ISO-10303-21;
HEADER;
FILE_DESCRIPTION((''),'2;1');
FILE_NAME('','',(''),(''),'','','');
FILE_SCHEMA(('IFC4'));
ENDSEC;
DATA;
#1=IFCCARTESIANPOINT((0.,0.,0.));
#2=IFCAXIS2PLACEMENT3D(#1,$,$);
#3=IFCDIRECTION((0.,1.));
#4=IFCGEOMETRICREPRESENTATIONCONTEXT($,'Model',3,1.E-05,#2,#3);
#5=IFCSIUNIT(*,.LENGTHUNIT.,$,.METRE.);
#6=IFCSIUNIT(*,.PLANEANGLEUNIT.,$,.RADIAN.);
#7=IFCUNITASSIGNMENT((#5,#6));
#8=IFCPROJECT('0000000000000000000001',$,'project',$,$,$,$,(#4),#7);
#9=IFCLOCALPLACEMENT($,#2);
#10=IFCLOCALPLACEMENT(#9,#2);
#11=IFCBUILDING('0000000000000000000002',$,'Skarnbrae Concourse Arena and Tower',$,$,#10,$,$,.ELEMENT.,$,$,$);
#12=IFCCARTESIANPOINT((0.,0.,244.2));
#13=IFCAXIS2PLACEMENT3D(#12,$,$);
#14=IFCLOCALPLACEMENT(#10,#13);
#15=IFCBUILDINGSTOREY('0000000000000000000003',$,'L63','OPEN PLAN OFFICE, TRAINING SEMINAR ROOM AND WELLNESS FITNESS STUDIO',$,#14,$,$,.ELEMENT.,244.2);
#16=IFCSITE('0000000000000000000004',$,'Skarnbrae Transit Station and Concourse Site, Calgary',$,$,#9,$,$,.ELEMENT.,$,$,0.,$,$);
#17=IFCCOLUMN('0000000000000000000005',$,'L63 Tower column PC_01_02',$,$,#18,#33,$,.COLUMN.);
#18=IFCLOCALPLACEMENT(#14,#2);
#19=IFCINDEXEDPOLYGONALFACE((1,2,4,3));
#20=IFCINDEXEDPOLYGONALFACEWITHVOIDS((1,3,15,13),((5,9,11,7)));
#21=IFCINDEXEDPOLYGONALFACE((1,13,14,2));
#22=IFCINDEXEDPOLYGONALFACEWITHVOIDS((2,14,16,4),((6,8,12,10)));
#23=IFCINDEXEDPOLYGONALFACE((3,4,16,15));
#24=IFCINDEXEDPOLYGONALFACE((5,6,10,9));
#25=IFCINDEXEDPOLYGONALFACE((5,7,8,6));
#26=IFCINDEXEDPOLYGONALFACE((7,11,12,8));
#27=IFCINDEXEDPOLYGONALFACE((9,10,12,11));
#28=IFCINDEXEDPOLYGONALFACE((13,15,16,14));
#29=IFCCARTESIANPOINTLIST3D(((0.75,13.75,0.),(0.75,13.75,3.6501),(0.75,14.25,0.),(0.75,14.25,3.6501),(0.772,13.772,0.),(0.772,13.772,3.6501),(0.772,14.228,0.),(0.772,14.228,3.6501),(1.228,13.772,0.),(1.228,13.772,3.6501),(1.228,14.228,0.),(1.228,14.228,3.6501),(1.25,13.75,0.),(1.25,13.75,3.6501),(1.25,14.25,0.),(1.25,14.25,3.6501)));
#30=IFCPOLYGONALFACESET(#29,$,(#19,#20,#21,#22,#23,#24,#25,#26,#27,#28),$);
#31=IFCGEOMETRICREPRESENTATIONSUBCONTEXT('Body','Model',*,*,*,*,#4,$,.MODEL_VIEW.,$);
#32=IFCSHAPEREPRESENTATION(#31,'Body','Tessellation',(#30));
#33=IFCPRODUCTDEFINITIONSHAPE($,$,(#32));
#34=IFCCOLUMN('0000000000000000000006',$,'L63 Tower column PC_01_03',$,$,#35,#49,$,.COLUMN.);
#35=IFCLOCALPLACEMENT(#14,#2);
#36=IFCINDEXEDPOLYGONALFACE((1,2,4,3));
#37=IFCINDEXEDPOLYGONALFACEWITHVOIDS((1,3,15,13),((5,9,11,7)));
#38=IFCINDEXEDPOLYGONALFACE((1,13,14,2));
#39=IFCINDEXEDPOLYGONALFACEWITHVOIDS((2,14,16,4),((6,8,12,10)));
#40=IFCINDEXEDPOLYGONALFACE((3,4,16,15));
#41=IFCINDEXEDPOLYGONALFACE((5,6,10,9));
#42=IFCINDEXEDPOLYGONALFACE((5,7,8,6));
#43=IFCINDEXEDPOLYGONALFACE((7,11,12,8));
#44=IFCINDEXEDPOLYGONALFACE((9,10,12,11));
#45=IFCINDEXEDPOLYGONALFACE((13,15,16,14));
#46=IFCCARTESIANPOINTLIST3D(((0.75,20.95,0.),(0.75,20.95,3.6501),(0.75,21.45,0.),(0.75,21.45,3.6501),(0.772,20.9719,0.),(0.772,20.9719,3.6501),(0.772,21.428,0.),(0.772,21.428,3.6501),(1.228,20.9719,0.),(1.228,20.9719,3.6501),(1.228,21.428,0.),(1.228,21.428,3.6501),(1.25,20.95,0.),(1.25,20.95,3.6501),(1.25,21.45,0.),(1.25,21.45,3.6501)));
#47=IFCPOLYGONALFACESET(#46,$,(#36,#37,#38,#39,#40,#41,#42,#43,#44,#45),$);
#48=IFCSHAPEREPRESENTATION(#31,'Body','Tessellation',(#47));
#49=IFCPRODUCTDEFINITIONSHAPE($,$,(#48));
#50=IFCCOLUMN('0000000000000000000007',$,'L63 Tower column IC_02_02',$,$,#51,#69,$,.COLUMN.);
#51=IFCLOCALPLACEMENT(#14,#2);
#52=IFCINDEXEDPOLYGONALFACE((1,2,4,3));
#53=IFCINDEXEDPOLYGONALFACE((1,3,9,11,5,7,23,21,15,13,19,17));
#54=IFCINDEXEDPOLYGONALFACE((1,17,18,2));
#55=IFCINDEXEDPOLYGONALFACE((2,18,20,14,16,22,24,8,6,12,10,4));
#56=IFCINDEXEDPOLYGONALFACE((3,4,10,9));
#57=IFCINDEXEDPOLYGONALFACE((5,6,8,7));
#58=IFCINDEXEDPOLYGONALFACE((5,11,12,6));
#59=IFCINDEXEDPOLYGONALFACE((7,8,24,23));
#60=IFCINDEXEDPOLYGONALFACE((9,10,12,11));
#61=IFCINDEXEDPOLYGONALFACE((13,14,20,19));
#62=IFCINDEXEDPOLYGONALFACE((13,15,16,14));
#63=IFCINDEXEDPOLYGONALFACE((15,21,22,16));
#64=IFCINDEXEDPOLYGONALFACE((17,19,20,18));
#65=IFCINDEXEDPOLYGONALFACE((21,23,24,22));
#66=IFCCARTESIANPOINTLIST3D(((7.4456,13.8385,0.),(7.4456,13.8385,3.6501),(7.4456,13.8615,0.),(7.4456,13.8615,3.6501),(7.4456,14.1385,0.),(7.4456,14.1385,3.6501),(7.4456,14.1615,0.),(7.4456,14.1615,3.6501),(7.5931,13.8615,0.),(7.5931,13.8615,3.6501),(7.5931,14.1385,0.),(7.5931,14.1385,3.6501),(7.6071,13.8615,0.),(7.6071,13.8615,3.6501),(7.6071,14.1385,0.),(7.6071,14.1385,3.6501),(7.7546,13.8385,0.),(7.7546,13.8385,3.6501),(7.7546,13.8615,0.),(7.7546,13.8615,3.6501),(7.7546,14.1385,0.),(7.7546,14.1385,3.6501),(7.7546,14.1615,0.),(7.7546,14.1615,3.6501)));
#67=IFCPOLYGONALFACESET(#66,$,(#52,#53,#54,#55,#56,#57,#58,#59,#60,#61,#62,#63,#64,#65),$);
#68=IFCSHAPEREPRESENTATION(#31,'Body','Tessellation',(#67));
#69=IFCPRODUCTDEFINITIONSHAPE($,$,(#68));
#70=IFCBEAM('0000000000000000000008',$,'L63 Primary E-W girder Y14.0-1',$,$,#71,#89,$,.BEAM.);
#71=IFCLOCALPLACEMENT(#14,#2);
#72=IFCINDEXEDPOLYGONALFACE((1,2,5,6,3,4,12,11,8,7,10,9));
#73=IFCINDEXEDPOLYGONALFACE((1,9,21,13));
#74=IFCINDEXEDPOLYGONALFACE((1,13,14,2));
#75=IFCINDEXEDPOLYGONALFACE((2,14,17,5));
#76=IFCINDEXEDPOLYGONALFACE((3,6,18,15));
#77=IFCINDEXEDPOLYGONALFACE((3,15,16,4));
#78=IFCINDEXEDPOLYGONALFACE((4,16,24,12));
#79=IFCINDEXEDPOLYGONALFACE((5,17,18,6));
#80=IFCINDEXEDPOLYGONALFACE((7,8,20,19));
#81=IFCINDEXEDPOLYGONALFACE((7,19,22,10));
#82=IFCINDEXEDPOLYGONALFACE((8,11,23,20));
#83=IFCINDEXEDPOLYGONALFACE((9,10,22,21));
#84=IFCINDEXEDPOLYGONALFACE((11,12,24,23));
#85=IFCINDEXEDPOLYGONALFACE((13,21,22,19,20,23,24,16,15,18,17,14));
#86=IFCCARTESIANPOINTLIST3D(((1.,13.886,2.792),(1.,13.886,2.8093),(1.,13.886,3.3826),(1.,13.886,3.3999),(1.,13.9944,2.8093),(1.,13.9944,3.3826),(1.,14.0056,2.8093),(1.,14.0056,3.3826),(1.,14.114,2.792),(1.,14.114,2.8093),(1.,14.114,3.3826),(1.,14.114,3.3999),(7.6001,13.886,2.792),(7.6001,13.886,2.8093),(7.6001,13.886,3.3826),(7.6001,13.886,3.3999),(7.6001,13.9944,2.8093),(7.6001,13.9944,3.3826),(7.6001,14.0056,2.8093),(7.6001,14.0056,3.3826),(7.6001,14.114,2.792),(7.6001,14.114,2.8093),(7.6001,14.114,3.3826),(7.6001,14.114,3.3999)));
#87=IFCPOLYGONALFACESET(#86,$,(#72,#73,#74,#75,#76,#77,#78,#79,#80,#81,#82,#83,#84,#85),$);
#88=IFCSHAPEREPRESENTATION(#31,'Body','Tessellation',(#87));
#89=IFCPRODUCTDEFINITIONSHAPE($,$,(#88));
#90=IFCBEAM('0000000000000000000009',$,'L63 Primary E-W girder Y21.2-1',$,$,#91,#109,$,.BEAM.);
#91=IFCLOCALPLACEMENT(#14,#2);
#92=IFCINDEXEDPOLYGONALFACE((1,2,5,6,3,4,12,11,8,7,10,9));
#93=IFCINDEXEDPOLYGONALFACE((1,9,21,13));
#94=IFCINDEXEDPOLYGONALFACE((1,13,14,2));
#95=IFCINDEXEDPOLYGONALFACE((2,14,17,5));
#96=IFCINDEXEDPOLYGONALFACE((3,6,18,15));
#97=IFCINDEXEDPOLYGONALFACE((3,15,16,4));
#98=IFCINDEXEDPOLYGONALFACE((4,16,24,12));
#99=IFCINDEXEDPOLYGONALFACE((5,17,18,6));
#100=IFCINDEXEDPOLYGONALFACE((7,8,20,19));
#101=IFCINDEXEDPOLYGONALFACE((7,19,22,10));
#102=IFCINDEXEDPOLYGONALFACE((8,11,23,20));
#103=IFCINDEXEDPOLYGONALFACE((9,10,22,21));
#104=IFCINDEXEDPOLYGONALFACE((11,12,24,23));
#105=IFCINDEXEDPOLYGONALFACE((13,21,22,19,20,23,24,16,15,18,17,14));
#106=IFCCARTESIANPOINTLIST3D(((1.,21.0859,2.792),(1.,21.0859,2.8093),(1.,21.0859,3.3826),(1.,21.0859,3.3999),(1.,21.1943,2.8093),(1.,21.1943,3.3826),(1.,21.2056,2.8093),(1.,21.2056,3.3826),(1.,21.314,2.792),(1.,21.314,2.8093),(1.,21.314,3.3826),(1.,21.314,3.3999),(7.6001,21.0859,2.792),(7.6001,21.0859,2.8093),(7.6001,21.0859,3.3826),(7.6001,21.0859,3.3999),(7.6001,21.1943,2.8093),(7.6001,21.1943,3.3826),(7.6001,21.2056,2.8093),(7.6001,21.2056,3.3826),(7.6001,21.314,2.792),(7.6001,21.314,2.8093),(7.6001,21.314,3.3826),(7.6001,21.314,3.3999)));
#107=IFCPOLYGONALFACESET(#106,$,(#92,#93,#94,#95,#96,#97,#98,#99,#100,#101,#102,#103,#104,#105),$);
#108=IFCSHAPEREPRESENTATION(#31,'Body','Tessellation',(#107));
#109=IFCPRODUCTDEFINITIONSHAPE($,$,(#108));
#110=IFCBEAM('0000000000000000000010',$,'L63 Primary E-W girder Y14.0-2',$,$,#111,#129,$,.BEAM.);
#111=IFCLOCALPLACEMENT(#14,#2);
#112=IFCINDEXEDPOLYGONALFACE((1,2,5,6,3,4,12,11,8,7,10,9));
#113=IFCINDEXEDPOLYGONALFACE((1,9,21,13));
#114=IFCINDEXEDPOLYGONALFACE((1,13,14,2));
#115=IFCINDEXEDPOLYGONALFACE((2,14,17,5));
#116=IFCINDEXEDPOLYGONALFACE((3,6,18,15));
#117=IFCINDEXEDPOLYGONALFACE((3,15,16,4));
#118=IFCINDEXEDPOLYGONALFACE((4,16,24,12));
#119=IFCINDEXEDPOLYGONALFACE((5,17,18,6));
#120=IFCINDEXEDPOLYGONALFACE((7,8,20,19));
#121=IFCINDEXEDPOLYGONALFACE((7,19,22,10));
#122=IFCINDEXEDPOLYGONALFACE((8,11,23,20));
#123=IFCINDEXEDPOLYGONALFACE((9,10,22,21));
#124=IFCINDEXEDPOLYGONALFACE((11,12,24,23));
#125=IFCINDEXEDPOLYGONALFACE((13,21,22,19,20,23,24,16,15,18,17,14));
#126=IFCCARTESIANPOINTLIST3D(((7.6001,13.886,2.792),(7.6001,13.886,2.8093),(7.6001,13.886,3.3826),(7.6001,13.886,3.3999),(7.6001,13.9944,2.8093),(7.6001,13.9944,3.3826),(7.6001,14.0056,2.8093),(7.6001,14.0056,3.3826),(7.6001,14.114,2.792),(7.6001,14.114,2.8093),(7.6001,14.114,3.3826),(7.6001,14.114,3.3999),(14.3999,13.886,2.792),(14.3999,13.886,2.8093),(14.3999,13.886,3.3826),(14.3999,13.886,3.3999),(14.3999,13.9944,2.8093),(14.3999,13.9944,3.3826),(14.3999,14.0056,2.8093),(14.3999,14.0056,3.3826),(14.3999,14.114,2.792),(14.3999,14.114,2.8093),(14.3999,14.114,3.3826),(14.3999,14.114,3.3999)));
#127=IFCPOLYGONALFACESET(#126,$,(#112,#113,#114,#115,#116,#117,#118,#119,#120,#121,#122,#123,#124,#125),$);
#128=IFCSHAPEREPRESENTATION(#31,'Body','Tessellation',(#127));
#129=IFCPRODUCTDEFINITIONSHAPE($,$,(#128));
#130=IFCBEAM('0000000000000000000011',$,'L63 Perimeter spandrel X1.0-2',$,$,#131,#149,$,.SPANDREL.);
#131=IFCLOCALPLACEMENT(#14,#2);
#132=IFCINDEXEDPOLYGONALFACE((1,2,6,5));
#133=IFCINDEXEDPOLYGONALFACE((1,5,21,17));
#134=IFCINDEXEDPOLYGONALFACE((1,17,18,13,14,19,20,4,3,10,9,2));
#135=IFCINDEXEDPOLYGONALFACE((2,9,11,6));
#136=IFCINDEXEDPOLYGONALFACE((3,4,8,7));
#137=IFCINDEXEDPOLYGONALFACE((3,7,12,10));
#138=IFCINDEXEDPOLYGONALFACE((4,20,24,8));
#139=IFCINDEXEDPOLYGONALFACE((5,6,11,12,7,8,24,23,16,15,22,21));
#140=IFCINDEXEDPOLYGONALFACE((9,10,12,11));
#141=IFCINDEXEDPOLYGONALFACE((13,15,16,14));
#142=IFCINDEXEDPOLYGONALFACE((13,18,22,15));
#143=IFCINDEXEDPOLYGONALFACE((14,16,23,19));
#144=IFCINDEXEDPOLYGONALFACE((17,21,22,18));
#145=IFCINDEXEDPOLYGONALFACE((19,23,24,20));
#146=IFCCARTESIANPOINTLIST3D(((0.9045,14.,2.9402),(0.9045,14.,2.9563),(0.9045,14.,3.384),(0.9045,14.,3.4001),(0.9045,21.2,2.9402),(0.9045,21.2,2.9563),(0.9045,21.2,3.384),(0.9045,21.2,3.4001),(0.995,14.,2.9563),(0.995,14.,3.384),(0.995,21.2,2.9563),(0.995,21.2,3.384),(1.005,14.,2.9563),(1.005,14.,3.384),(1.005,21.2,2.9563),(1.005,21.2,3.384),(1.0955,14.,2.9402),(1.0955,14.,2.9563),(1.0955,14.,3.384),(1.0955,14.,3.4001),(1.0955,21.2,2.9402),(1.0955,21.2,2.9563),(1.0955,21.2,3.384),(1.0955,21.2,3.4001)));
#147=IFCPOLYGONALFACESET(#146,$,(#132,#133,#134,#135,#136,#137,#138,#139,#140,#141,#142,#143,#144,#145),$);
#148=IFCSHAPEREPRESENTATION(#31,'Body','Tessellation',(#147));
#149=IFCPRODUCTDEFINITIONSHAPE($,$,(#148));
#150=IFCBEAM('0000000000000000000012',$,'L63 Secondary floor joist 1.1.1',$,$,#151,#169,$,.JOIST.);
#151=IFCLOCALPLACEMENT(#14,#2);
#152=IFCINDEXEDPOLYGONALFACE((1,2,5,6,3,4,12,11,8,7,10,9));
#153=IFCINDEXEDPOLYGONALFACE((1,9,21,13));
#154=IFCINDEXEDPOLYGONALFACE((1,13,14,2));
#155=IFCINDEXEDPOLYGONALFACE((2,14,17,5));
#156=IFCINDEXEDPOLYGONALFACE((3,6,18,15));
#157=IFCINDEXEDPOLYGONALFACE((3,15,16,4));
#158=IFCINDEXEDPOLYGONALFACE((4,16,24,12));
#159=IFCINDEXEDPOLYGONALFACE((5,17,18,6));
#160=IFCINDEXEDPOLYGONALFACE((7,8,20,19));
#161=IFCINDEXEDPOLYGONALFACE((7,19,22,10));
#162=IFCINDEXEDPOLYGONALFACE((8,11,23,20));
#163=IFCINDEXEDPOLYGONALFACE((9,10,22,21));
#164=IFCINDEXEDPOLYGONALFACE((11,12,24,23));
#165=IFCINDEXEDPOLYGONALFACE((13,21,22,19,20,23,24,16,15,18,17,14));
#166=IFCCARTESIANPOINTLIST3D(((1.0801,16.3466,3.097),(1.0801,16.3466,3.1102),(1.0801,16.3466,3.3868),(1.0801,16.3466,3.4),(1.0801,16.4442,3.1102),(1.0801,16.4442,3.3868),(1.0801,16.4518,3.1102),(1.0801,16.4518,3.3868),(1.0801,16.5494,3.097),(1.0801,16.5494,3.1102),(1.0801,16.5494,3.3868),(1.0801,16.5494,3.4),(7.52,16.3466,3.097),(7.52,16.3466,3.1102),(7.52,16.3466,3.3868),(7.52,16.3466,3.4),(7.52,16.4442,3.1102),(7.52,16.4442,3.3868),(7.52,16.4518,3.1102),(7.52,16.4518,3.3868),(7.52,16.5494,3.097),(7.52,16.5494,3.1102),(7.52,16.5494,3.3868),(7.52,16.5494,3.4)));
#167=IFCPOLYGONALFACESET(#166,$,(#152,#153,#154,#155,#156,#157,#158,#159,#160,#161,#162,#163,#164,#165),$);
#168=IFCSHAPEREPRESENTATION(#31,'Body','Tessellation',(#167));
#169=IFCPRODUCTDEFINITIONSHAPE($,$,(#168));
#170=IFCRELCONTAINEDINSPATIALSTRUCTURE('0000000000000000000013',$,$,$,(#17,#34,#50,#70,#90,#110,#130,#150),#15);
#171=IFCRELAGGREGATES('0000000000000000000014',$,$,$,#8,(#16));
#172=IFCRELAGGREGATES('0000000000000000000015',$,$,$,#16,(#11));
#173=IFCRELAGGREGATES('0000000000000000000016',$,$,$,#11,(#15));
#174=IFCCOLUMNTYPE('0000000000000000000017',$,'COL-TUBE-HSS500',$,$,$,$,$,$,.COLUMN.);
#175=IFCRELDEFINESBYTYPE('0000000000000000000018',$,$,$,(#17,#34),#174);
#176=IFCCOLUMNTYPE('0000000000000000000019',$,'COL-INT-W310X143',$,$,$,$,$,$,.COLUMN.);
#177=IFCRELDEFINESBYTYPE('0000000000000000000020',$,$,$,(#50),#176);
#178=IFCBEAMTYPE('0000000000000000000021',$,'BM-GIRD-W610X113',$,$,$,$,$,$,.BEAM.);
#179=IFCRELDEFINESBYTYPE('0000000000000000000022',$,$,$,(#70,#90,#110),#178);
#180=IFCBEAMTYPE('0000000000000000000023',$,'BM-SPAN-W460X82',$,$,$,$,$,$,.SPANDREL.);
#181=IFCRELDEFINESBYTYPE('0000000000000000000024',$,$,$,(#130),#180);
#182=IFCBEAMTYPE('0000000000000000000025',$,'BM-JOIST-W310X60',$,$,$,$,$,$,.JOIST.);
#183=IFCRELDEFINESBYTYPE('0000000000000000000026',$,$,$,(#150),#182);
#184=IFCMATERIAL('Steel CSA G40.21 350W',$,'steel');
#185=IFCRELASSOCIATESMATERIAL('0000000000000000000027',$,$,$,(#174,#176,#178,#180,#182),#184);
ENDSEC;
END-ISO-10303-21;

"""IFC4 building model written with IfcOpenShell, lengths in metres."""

from ifc_helpers import new_model, si_unit, direction, frame, origin, origin_2d, place, context, subcontext, project, spatial, hollow_rectangle, i_section, extrude, source, transform, mapped, material, material_profile, profile_set, type_object, element, save


model = new_model("IFC4")

# Units and contexts
model_context = context("Model", 3, precision=1e-05, world=origin(), true_north=direction((0.0, 1.0)))
body_context = subcontext(model_context, "Body", "Model", "MODEL_VIEW")
ifc_project = project(units=[si_unit("LENGTHUNIT", "METRE"), si_unit("PLANEANGLEUNIT", "RADIAN")], contexts=[model_context])

# Site, building, storey
site_placement = place(None, origin())
site = spatial("IfcSite", under=ifc_project, at=site_placement, Name="Skarnbrae Transit Station and Concourse Site, Calgary", CompositionType="ELEMENT", RefElevation=0.0)
building_placement = place(site_placement, origin())
building = spatial("IfcBuilding", under=site, at=building_placement, Name="Skarnbrae Concourse Arena and Tower", CompositionType="ELEMENT")
storey_placement = place(building_placement, frame((0.0, 0.0, 244.2)))
storey = spatial("IfcBuildingStorey", under=building, at=storey_placement, Name="L63", Description="OPEN PLAN OFFICE, TRAINING SEMINAR ROOM AND WELLNESS FITNESS STUDIO", CompositionType="ELEMENT", Elevation=244.2)

# Columns
ifc_material_1 = material(Name="Steel CSA G40.21 350W", Category="steel")
ifc_material_profile_1 = material_profile(ifc_material_1, hollow_rectangle(XDim=0.5, YDim=0.5, WallThickness=0.022, at=origin_2d()), Name="HSS500X500X22.0")
ifc_profile_set_1 = profile_set([ifc_material_profile_1], Name="Steel CSA G40.21 350W")
column_type_1 = type_object("IfcColumnType", Name="COL-TUBE-HSS500", PredefinedType="COLUMN", material=ifc_profile_set_1)
shared_shape_1 = source(origin(), body_context, "Body", "SweptSolid", [
    extrude(hollow_rectangle(XDim=0.5, YDim=0.5, WallThickness=0.022, at=origin_2d()), origin(), (0.0, 0.0, 1.0), 3.6501),
])
for number, where, z_axis, x_axis, name in (
    (1, (1.0, 14.0, 0.0), (0.0, 0.0, 1.0), (1.0, 0.0, 0.0), "L63 Tower column PC_01_02"),
    (2, (1.0, 21.2, 0.0), (0.0, 0.0, 1.0), (1.0, 0.0, 0.0), "L63 Tower column PC_01_03"),
):
    element("IfcColumn", number, at=place(storey_placement, frame(where, z_axis=z_axis, x_axis=x_axis)), inside=storey, type_object=column_type_1, Name=name, PredefinedType="COLUMN", context=body_context, shape_type="MappedRepresentation", body=[
        mapped(shared_shape_1, transform((0.0, 0.0, 0.0))),
    ])
ifc_material_profile_2 = material_profile(ifc_material_1, i_section(OverallWidth=0.3091, OverallDepth=0.323, WebThickness=0.0139, FlangeThickness=0.0229, at=origin_2d()), Name="W310X143")
ifc_profile_set_2 = profile_set([ifc_material_profile_2], Name="Steel CSA G40.21 350W")
column_type_2 = type_object("IfcColumnType", Name="COL-INT-W310X143", PredefinedType="COLUMN", material=ifc_profile_set_2)
shared_shape_2 = source(origin(), body_context, "Body", "SweptSolid", [
    extrude(i_section(OverallWidth=0.3091, OverallDepth=0.323, WebThickness=0.0139, FlangeThickness=0.0229, at=origin_2d()), origin(), (0.0, 0.0, 1.0), 3.6501),
])
column_placement = place(storey_placement, frame((7.6001, 14.0, 0.0), z_axis=(0.0, 0.0, 1.0), x_axis=(1.0, 0.0, 0.0)))
element("IfcColumn", 3, at=column_placement, inside=storey, type_object=column_type_2, Name="L63 Tower column IC_02_02", PredefinedType="COLUMN", context=body_context, shape_type="MappedRepresentation", body=[
    mapped(shared_shape_2, transform((0.0, 0.0, 0.0))),
])

# Beams
ifc_material_profile_3 = material_profile(ifc_material_1, i_section(OverallWidth=0.228, OverallDepth=0.6079, WebThickness=0.0112, FlangeThickness=0.0173, at=origin_2d()), Name="W610X113")
ifc_profile_set_3 = profile_set([ifc_material_profile_3], Name="Steel CSA G40.21 350W")
beam_type_1 = type_object("IfcBeamType", Name="BM-GIRD-W610X113", PredefinedType="BEAM", material=ifc_profile_set_3)
shared_shape_3 = source(origin(), body_context, "Body", "SweptSolid", [
    extrude(i_section(OverallWidth=0.228, OverallDepth=0.6079, WebThickness=0.0112, FlangeThickness=0.0173, at=origin_2d()), origin(), (0.0, 0.0, 1.0), 6.6001),
])
for number, where, z_axis, x_axis, name in (
    (4, (1.0, 14.0, 3.0959), (1.0, 0.0, 0.0), (0.0, 1.0, 0.0), "L63 Primary E-W girder Y14.0-1"),
    (5, (1.0, 21.2, 3.0959), (1.0, 0.0, 0.0), (0.0, 1.0, 0.0), "L63 Primary E-W girder Y21.2-1"),
):
    element("IfcBeam", number, at=place(storey_placement, frame(where, z_axis=z_axis, x_axis=x_axis)), inside=storey, type_object=beam_type_1, Name=name, PredefinedType="BEAM", context=body_context, shape_type="MappedRepresentation", body=[
        mapped(shared_shape_3, transform((0.0, 0.0, 0.0))),
    ])
shared_shape_4 = source(origin(), body_context, "Body", "SweptSolid", [
    extrude(i_section(OverallWidth=0.228, OverallDepth=0.6079, WebThickness=0.0112, FlangeThickness=0.0173, at=origin_2d()), origin(), (0.0, 0.0, 1.0), 6.7998),
])
beam_1_placement = place(storey_placement, frame((7.6001, 14.0, 3.0959), z_axis=(1.0, 0.0, 0.0), x_axis=(0.0, 1.0, 0.0)))
element("IfcBeam", 6, at=beam_1_placement, inside=storey, type_object=beam_type_1, Name="L63 Primary E-W girder Y14.0-2", PredefinedType="BEAM", context=body_context, shape_type="MappedRepresentation", body=[
    mapped(shared_shape_4, transform((0.0, 0.0, 0.0))),
])
ifc_material_profile_4 = material_profile(ifc_material_1, i_section(OverallWidth=0.1909, OverallDepth=0.46, WebThickness=0.01, FlangeThickness=0.0161, at=origin_2d()), Name="W460X82")
ifc_profile_set_4 = profile_set([ifc_material_profile_4], Name="Steel CSA G40.21 350W")
beam_type_2 = type_object("IfcBeamType", Name="BM-SPAN-W460X82", PredefinedType="SPANDREL", material=ifc_profile_set_4)
shared_shape_5 = source(origin(), body_context, "Body", "SweptSolid", [
    extrude(i_section(OverallWidth=0.1909, OverallDepth=0.46, WebThickness=0.01, FlangeThickness=0.0161, at=origin_2d()), origin(), (0.0, 0.0, 1.0), 7.2),
])
beam_2_placement = place(storey_placement, frame((1.0, 14.0, 3.1702), z_axis=(0.0, 1.0, 0.0), x_axis=(-1.0, 0.0, 0.0)))
element("IfcBeam", 7, at=beam_2_placement, inside=storey, type_object=beam_type_2, Name="L63 Perimeter spandrel X1.0-2", PredefinedType="SPANDREL", context=body_context, shape_type="MappedRepresentation", body=[
    mapped(shared_shape_5, transform((0.0, 0.0, 0.0))),
])
ifc_material_profile_5 = material_profile(ifc_material_1, i_section(OverallWidth=0.2029, OverallDepth=0.303, WebThickness=0.0076, FlangeThickness=0.0132, at=origin_2d()), Name="W310X60")
ifc_profile_set_5 = profile_set([ifc_material_profile_5], Name="Steel CSA G40.21 350W")
beam_type_3 = type_object("IfcBeamType", Name="BM-JOIST-W310X60", PredefinedType="JOIST", material=ifc_profile_set_5)
shared_shape_6 = source(origin(), body_context, "Body", "SweptSolid", [
    extrude(i_section(OverallWidth=0.2029, OverallDepth=0.303, WebThickness=0.0076, FlangeThickness=0.0132, at=origin_2d()), origin(), (0.0, 0.0, 1.0), 6.4399),
])
for number, where, z_axis, x_axis, name in (
    (8, (1.0801, 16.448, 3.2485), (1.0, 0.0, 0.0), (0.0, 1.0, 0.0), "L63 Secondary floor joist 1.1.1"),
):
    element("IfcBeam", number, at=place(storey_placement, frame(where, z_axis=z_axis, x_axis=x_axis)), inside=storey, type_object=beam_type_3, Name=name, PredefinedType="JOIST", context=body_context, shape_type="MappedRepresentation", body=[
        mapped(shared_shape_6, transform((0.0, 0.0, 0.0))),
    ])

save(model, "model.ifc")
